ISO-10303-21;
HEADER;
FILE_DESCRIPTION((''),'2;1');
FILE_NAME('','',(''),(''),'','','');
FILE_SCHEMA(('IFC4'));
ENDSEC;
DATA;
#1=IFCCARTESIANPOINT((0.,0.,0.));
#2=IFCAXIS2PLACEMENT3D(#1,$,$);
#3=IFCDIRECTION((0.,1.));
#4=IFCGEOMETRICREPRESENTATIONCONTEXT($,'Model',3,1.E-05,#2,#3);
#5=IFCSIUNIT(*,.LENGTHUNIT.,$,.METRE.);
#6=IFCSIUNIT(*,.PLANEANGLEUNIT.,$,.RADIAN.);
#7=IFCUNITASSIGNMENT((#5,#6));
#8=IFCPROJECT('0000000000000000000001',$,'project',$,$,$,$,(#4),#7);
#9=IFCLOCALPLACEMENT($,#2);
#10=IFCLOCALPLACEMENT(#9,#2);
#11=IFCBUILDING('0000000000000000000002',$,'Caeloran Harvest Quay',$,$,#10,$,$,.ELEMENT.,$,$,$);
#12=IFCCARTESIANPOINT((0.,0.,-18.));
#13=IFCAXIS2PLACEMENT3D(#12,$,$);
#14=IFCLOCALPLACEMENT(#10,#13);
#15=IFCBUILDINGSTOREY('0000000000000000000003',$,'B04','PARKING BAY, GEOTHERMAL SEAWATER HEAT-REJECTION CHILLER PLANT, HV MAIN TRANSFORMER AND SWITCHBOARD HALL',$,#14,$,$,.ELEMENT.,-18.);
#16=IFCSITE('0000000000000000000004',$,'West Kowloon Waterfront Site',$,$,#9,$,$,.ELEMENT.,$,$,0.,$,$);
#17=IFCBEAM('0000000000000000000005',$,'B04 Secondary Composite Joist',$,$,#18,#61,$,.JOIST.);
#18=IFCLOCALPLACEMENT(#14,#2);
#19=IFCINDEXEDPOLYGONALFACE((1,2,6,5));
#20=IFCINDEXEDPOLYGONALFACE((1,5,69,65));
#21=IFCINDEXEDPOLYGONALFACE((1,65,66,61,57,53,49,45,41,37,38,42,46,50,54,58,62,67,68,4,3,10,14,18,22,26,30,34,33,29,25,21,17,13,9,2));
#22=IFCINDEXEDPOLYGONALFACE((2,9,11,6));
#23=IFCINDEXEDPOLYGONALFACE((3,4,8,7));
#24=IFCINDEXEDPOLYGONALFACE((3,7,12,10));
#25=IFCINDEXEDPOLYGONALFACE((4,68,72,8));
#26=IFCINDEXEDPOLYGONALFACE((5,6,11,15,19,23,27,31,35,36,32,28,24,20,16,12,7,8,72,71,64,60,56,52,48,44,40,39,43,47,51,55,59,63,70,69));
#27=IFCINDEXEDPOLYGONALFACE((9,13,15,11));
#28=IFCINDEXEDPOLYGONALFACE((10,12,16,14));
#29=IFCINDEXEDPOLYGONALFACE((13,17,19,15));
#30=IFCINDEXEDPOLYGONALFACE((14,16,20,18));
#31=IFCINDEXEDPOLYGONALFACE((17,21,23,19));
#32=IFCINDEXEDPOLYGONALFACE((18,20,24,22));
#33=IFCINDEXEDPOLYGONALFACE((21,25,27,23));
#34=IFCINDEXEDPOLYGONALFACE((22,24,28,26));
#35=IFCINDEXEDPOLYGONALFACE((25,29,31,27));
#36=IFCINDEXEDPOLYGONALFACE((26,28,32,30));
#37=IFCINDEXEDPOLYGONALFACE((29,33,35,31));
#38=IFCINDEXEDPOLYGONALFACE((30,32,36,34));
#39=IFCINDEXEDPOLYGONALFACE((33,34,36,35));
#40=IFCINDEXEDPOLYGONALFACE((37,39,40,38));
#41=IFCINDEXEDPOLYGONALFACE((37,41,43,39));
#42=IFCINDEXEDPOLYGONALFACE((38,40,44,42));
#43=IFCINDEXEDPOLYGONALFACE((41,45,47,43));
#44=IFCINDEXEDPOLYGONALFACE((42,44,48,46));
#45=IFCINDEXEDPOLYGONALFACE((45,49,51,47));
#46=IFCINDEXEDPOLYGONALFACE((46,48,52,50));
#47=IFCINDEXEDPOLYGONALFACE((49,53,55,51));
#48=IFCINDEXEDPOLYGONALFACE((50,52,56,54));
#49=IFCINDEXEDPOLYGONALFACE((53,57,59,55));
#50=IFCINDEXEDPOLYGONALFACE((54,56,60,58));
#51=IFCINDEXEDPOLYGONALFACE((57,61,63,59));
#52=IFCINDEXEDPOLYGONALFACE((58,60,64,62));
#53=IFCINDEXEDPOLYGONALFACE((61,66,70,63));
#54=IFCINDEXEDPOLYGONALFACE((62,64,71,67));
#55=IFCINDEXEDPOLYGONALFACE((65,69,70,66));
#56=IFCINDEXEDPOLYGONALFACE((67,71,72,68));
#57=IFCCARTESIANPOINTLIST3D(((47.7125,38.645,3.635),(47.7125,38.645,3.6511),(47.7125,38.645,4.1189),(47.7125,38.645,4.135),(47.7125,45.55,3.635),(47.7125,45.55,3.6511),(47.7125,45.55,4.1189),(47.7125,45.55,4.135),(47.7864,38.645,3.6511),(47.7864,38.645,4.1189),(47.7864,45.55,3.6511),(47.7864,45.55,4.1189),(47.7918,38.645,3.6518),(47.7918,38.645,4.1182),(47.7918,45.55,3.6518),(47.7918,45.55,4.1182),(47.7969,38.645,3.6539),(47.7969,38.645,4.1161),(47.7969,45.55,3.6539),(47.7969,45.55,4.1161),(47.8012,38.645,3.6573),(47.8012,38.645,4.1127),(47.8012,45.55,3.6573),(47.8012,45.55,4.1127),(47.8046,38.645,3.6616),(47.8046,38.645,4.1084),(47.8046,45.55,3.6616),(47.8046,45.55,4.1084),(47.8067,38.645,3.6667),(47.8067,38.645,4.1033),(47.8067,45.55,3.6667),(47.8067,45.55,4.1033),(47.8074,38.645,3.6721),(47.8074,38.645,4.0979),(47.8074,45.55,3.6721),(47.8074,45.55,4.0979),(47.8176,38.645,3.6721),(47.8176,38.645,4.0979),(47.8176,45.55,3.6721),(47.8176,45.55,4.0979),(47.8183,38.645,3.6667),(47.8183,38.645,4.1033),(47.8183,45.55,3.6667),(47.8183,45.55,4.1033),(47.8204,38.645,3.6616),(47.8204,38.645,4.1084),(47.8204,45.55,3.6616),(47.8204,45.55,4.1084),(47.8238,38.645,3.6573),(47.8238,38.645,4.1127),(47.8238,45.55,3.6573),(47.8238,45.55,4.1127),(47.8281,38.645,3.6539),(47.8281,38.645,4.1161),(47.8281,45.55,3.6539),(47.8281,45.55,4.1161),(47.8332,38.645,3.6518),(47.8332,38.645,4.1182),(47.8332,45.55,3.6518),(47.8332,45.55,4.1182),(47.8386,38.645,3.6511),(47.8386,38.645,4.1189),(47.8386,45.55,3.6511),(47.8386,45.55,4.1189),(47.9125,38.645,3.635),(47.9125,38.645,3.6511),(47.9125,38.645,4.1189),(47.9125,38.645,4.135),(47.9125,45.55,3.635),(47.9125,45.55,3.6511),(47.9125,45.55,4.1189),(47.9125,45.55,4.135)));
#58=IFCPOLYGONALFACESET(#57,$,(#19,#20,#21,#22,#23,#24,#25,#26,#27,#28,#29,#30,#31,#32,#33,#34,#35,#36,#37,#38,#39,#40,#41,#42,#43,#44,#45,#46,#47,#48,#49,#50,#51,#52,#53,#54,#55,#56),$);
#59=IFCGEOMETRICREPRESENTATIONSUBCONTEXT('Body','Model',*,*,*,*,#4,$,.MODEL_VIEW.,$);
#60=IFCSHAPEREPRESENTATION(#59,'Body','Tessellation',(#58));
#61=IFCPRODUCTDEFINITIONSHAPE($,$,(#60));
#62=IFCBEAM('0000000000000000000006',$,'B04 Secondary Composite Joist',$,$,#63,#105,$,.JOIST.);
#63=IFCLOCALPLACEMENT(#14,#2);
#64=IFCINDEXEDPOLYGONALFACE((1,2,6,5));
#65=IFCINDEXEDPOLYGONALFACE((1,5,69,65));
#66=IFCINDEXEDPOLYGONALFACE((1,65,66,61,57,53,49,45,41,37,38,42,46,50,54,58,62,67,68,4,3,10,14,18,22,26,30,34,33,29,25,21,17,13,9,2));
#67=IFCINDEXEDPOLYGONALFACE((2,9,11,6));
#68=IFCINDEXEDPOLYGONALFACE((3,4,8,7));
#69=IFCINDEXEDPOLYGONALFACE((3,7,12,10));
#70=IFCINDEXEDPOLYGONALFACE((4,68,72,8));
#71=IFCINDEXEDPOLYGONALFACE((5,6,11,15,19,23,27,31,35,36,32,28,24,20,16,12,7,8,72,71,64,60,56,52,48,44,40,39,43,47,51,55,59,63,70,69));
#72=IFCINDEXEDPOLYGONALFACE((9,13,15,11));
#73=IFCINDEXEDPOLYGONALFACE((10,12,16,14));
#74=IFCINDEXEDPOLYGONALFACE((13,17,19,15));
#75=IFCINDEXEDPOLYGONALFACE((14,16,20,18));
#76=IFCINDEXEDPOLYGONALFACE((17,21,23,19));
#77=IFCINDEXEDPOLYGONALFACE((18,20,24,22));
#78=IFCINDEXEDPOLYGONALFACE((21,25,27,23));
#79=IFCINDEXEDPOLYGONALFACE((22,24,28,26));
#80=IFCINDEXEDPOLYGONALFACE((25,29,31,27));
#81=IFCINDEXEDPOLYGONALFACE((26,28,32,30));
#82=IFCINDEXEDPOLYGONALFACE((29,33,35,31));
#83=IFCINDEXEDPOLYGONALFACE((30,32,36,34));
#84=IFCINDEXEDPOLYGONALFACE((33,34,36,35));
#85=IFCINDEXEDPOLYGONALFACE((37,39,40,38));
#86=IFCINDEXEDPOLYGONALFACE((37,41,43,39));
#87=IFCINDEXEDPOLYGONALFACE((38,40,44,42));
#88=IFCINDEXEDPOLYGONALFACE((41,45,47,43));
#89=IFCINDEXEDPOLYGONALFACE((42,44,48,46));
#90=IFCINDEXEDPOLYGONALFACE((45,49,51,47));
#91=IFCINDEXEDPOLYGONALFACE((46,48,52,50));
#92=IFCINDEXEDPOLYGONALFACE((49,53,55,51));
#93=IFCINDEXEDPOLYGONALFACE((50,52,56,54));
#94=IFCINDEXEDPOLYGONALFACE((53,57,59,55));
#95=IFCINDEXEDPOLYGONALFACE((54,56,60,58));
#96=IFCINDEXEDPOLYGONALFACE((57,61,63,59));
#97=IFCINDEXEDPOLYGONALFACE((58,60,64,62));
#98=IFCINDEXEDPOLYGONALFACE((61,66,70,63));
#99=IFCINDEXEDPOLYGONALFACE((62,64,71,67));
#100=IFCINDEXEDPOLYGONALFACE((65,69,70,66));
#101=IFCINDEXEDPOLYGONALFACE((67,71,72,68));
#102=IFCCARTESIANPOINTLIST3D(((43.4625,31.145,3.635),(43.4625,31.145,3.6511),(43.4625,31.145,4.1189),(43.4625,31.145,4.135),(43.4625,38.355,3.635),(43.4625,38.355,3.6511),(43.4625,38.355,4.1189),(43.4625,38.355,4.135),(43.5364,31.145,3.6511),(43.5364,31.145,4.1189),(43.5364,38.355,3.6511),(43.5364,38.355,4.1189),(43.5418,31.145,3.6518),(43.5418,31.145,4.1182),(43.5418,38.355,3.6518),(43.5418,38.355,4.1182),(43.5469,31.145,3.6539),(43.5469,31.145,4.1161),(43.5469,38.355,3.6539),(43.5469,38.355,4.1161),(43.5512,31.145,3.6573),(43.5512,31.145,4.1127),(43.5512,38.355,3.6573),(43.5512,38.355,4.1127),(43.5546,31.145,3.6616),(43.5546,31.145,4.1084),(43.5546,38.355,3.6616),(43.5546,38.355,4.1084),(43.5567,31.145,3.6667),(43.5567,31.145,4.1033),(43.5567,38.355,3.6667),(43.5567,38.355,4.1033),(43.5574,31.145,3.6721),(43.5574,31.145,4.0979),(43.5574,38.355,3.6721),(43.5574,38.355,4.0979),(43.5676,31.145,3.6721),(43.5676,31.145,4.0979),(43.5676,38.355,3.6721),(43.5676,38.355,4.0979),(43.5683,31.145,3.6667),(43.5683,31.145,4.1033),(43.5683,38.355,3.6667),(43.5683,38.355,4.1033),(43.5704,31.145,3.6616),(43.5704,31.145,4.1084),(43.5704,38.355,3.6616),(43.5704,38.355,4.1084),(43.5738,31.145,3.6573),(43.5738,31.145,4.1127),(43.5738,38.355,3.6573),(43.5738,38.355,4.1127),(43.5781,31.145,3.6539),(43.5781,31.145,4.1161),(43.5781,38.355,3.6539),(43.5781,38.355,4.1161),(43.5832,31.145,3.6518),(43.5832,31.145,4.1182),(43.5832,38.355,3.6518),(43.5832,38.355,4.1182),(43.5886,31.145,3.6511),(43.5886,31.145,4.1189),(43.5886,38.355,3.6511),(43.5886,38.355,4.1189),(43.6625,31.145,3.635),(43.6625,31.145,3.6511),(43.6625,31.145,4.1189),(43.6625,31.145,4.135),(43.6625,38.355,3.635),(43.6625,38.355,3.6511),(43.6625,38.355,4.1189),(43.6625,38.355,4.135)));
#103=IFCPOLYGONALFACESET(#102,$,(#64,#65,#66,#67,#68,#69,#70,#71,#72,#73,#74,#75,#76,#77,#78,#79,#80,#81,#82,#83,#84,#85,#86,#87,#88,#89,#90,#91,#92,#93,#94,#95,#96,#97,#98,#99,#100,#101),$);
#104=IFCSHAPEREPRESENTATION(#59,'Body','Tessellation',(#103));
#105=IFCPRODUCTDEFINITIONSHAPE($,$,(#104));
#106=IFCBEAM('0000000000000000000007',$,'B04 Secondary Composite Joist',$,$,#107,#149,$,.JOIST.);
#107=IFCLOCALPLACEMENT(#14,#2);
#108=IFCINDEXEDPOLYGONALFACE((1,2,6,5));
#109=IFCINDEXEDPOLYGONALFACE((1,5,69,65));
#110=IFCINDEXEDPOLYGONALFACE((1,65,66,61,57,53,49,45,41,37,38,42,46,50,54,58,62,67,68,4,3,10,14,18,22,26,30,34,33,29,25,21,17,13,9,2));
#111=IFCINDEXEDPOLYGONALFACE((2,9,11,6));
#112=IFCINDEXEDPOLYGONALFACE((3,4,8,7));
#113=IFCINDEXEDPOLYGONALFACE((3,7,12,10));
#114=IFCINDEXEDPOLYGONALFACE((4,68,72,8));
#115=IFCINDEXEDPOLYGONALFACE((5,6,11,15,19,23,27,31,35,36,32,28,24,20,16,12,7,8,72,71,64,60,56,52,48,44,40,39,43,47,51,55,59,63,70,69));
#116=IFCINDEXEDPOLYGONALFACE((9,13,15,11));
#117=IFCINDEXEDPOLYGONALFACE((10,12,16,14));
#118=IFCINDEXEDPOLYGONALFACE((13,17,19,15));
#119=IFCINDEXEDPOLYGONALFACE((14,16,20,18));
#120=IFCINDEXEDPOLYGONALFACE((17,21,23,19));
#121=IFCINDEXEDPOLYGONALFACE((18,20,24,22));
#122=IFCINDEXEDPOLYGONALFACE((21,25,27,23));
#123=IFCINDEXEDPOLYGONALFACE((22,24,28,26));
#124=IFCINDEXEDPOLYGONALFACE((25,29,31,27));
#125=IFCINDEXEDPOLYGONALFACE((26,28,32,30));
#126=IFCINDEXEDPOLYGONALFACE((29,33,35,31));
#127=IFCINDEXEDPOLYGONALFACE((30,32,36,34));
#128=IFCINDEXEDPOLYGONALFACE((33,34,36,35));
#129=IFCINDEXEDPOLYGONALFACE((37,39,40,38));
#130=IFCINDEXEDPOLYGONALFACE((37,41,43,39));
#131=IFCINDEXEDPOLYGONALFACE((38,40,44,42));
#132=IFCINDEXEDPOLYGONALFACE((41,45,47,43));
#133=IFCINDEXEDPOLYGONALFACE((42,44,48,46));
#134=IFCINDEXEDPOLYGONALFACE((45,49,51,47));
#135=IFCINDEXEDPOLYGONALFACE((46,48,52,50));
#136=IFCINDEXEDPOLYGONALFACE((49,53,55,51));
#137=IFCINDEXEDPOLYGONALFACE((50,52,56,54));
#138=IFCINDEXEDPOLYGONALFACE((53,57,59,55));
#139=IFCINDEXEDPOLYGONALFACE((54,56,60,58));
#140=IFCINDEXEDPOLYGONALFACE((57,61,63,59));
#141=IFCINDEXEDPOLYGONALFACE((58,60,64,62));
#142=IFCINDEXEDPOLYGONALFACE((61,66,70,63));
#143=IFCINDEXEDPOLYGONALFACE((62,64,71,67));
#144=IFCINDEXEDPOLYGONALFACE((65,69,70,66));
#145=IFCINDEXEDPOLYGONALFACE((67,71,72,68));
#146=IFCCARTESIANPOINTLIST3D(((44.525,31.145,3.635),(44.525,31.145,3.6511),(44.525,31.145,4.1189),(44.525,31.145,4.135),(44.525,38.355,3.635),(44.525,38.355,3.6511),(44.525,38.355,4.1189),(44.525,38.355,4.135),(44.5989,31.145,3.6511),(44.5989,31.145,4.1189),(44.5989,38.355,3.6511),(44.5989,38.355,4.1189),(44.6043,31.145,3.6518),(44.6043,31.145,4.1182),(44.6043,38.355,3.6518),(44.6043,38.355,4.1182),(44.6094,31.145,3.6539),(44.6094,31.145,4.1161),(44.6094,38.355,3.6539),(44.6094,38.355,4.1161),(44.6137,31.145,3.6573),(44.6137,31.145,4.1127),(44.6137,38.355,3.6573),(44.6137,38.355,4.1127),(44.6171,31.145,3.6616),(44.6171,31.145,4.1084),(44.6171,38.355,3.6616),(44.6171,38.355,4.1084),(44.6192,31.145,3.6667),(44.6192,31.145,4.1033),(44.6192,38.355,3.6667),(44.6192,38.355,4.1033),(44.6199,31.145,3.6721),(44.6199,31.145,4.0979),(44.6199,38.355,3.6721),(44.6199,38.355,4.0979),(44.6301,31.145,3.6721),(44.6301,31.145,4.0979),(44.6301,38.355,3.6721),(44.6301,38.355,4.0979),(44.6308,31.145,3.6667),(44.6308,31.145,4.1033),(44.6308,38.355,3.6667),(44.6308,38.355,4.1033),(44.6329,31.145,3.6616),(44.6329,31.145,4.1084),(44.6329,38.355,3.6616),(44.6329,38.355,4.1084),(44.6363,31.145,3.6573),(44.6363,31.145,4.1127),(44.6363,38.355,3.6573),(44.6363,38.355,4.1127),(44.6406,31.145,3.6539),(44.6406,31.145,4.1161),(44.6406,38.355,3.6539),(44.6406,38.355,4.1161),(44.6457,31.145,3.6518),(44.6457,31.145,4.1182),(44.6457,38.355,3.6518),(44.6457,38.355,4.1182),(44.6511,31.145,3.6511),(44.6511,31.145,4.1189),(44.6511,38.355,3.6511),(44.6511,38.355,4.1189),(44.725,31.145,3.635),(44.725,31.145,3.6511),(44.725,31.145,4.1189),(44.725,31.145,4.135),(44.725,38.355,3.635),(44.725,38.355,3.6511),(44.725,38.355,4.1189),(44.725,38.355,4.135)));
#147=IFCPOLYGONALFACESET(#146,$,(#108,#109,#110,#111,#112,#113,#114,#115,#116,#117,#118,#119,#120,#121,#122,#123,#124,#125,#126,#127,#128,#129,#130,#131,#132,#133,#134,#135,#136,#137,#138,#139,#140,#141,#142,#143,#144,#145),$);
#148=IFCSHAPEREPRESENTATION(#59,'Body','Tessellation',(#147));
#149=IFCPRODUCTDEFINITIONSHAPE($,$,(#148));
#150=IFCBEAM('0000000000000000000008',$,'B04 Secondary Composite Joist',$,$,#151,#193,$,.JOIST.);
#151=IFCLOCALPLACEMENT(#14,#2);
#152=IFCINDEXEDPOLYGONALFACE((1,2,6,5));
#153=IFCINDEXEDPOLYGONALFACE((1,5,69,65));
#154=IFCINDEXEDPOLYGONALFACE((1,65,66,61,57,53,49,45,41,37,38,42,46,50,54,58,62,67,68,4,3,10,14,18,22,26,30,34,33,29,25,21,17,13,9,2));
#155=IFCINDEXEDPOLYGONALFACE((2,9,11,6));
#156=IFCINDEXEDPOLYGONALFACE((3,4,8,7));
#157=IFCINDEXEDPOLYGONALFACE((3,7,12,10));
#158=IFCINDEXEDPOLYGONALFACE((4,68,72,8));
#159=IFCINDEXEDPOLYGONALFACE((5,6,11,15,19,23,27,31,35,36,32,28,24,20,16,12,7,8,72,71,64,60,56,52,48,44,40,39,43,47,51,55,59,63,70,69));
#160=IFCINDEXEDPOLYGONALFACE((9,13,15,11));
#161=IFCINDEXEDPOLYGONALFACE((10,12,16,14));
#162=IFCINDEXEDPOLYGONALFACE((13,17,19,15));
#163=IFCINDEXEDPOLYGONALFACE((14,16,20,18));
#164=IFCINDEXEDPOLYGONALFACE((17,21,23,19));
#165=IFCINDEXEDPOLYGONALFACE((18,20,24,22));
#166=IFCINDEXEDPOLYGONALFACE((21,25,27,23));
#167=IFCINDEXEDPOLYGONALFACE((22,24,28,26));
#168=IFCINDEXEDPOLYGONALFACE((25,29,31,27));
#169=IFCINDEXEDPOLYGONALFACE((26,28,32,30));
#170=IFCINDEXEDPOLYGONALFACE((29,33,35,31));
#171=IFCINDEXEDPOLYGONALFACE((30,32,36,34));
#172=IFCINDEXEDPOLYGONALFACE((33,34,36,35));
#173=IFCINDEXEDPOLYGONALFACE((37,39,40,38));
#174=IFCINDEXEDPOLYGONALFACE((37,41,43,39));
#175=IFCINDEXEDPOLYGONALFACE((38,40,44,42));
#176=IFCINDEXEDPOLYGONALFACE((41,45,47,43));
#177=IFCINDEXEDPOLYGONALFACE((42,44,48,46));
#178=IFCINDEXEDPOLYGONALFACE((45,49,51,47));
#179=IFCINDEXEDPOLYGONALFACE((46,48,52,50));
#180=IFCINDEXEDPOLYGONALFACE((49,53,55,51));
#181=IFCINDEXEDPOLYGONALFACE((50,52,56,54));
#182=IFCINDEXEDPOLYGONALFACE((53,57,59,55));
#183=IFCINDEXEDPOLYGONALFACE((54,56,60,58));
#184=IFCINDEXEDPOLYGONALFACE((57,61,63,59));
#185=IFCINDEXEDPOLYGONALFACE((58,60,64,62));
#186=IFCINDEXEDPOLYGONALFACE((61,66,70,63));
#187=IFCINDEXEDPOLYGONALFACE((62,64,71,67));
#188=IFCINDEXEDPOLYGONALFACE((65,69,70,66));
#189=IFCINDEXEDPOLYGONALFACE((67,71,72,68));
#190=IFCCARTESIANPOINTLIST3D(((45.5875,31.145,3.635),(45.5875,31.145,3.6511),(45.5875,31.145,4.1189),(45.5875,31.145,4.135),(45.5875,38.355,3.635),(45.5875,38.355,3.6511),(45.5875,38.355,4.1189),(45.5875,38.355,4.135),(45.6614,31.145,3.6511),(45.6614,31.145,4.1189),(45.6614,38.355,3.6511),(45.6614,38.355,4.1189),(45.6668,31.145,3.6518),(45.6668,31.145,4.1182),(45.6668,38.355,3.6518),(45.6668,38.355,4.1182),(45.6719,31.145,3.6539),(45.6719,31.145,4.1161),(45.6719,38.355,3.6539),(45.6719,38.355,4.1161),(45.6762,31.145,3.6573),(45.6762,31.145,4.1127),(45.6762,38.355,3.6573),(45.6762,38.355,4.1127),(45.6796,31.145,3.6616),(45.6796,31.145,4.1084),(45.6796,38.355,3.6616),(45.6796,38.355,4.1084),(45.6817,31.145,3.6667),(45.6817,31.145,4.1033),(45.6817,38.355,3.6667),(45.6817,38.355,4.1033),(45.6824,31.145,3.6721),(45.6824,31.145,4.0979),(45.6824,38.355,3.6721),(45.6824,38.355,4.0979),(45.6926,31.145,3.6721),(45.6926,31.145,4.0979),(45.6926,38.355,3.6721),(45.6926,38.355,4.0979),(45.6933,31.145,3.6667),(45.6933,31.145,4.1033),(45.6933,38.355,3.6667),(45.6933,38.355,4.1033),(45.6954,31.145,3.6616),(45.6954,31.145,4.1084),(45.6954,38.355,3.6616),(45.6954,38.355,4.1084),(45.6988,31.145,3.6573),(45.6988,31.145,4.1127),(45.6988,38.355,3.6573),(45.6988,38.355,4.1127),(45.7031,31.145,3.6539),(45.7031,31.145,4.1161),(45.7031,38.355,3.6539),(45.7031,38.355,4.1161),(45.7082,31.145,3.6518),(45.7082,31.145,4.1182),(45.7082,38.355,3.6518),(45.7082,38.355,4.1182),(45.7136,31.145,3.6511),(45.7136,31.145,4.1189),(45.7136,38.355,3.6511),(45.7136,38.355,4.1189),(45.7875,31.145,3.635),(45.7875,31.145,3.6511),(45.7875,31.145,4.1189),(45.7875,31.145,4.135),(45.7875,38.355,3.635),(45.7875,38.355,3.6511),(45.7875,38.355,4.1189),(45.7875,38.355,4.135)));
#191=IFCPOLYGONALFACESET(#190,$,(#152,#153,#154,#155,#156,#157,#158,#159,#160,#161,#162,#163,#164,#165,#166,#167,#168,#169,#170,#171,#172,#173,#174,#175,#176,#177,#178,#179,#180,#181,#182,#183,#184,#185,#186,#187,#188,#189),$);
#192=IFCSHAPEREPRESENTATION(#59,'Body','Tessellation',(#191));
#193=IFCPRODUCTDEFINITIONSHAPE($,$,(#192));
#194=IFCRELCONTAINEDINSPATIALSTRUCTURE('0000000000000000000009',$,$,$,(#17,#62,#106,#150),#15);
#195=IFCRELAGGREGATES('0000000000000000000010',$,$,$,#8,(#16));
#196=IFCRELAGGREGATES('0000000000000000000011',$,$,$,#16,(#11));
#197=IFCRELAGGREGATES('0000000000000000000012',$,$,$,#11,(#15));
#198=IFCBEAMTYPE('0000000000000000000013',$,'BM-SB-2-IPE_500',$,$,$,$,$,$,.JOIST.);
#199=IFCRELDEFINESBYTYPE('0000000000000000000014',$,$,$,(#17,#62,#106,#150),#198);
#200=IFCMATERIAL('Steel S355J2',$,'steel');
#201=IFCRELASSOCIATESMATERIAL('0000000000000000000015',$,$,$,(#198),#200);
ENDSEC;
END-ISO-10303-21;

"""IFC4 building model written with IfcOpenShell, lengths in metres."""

from ifc_helpers import new_model, si_unit, direction, frame, origin, origin_2d, place, context, subcontext, project, spatial, i_section, extrude, material, material_profile, profile_set, type_object, element, save


model = new_model("IFC4")

# Units and contexts
model_context = context("Model", 3, precision=1e-05, world=origin(), true_north=direction((0.0, 1.0)))
body_context = subcontext(model_context, "Body", "Model", "MODEL_VIEW")
ifc_project = project(units=[si_unit("LENGTHUNIT", "METRE"), si_unit("PLANEANGLEUNIT", "RADIAN")], contexts=[model_context])

# Site, building, storey
site_placement = place(None, origin())
site = spatial("IfcSite", under=ifc_project, at=site_placement, Name="West Kowloon Waterfront Site", CompositionType="ELEMENT", RefElevation=0.0)
building_placement = place(site_placement, origin())
building = spatial("IfcBuilding", under=site, at=building_placement, Name="Caeloran Harvest Quay", CompositionType="ELEMENT")
storey_placement = place(building_placement, frame((0.0, 0.0, -18.0)))
storey = spatial("IfcBuildingStorey", under=building, at=storey_placement, Name="B04", Description="PARKING BAY, GEOTHERMAL SEAWATER HEAT-REJECTION CHILLER PLANT, HV MAIN TRANSFORMER AND SWITCHBOARD HALL", CompositionType="ELEMENT", Elevation=-18.0)

# Beams
ifc_material_1 = material(Name="Steel S355J2", Category="steel")
ifc_material_profile_1 = material_profile(ifc_material_1, i_section(OverallWidth=0.2, OverallDepth=0.5, WebThickness=0.0103, FlangeThickness=0.0161, FilletRadius=0.021, at=origin_2d()), Name="IPE 500")
ifc_profile_set_1 = profile_set([ifc_material_profile_1], Name="Steel S355J2")
beam_type_1 = type_object("IfcBeamType", Name="BM-SB-2-IPE_500", PredefinedType="JOIST", material=ifc_profile_set_1)
for number, where, z_axis, x_axis, name in (
    (1, (47.8125, 38.645, 3.885), (0.0, 1.0, 0.0), (-1.0, 0.0, 0.0), "B04 Secondary Composite Joist"),
):
    element("IfcBeam", number, at=place(storey_placement, frame(where, z_axis=z_axis, x_axis=x_axis)), inside=storey, type_object=beam_type_1, Name=name, PredefinedType="JOIST", context=body_context, shape_type="SweptSolid", body=[
        extrude(i_section(OverallWidth=0.2, OverallDepth=0.5, WebThickness=0.0103, FlangeThickness=0.0161, FilletRadius=0.021, at=origin_2d()), origin(), (0.0, 0.0, 1.0), 6.905),
    ])
for number, where, z_axis, x_axis, name in (
    (2, (43.5625, 31.145, 3.885), (0.0, 1.0, 0.0), (-1.0, 0.0, 0.0), "B04 Secondary Composite Joist"),
    (3, (44.625, 31.145, 3.885), (0.0, 1.0, 0.0), (-1.0, 0.0, 0.0), "B04 Secondary Composite Joist"),
    (4, (45.6875, 31.145, 3.885), (0.0, 1.0, 0.0), (-1.0, 0.0, 0.0), "B04 Secondary Composite Joist"),
):
    element("IfcBeam", number, at=place(storey_placement, frame(where, z_axis=z_axis, x_axis=x_axis)), inside=storey, type_object=beam_type_1, Name=name, PredefinedType="JOIST", context=body_context, shape_type="SweptSolid", body=[
        extrude(i_section(OverallWidth=0.2, OverallDepth=0.5, WebThickness=0.0103, FlangeThickness=0.0161, FilletRadius=0.021, at=origin_2d()), origin(), (0.0, 0.0, 1.0), 7.21),
    ])

save(model, "model.ifc")
